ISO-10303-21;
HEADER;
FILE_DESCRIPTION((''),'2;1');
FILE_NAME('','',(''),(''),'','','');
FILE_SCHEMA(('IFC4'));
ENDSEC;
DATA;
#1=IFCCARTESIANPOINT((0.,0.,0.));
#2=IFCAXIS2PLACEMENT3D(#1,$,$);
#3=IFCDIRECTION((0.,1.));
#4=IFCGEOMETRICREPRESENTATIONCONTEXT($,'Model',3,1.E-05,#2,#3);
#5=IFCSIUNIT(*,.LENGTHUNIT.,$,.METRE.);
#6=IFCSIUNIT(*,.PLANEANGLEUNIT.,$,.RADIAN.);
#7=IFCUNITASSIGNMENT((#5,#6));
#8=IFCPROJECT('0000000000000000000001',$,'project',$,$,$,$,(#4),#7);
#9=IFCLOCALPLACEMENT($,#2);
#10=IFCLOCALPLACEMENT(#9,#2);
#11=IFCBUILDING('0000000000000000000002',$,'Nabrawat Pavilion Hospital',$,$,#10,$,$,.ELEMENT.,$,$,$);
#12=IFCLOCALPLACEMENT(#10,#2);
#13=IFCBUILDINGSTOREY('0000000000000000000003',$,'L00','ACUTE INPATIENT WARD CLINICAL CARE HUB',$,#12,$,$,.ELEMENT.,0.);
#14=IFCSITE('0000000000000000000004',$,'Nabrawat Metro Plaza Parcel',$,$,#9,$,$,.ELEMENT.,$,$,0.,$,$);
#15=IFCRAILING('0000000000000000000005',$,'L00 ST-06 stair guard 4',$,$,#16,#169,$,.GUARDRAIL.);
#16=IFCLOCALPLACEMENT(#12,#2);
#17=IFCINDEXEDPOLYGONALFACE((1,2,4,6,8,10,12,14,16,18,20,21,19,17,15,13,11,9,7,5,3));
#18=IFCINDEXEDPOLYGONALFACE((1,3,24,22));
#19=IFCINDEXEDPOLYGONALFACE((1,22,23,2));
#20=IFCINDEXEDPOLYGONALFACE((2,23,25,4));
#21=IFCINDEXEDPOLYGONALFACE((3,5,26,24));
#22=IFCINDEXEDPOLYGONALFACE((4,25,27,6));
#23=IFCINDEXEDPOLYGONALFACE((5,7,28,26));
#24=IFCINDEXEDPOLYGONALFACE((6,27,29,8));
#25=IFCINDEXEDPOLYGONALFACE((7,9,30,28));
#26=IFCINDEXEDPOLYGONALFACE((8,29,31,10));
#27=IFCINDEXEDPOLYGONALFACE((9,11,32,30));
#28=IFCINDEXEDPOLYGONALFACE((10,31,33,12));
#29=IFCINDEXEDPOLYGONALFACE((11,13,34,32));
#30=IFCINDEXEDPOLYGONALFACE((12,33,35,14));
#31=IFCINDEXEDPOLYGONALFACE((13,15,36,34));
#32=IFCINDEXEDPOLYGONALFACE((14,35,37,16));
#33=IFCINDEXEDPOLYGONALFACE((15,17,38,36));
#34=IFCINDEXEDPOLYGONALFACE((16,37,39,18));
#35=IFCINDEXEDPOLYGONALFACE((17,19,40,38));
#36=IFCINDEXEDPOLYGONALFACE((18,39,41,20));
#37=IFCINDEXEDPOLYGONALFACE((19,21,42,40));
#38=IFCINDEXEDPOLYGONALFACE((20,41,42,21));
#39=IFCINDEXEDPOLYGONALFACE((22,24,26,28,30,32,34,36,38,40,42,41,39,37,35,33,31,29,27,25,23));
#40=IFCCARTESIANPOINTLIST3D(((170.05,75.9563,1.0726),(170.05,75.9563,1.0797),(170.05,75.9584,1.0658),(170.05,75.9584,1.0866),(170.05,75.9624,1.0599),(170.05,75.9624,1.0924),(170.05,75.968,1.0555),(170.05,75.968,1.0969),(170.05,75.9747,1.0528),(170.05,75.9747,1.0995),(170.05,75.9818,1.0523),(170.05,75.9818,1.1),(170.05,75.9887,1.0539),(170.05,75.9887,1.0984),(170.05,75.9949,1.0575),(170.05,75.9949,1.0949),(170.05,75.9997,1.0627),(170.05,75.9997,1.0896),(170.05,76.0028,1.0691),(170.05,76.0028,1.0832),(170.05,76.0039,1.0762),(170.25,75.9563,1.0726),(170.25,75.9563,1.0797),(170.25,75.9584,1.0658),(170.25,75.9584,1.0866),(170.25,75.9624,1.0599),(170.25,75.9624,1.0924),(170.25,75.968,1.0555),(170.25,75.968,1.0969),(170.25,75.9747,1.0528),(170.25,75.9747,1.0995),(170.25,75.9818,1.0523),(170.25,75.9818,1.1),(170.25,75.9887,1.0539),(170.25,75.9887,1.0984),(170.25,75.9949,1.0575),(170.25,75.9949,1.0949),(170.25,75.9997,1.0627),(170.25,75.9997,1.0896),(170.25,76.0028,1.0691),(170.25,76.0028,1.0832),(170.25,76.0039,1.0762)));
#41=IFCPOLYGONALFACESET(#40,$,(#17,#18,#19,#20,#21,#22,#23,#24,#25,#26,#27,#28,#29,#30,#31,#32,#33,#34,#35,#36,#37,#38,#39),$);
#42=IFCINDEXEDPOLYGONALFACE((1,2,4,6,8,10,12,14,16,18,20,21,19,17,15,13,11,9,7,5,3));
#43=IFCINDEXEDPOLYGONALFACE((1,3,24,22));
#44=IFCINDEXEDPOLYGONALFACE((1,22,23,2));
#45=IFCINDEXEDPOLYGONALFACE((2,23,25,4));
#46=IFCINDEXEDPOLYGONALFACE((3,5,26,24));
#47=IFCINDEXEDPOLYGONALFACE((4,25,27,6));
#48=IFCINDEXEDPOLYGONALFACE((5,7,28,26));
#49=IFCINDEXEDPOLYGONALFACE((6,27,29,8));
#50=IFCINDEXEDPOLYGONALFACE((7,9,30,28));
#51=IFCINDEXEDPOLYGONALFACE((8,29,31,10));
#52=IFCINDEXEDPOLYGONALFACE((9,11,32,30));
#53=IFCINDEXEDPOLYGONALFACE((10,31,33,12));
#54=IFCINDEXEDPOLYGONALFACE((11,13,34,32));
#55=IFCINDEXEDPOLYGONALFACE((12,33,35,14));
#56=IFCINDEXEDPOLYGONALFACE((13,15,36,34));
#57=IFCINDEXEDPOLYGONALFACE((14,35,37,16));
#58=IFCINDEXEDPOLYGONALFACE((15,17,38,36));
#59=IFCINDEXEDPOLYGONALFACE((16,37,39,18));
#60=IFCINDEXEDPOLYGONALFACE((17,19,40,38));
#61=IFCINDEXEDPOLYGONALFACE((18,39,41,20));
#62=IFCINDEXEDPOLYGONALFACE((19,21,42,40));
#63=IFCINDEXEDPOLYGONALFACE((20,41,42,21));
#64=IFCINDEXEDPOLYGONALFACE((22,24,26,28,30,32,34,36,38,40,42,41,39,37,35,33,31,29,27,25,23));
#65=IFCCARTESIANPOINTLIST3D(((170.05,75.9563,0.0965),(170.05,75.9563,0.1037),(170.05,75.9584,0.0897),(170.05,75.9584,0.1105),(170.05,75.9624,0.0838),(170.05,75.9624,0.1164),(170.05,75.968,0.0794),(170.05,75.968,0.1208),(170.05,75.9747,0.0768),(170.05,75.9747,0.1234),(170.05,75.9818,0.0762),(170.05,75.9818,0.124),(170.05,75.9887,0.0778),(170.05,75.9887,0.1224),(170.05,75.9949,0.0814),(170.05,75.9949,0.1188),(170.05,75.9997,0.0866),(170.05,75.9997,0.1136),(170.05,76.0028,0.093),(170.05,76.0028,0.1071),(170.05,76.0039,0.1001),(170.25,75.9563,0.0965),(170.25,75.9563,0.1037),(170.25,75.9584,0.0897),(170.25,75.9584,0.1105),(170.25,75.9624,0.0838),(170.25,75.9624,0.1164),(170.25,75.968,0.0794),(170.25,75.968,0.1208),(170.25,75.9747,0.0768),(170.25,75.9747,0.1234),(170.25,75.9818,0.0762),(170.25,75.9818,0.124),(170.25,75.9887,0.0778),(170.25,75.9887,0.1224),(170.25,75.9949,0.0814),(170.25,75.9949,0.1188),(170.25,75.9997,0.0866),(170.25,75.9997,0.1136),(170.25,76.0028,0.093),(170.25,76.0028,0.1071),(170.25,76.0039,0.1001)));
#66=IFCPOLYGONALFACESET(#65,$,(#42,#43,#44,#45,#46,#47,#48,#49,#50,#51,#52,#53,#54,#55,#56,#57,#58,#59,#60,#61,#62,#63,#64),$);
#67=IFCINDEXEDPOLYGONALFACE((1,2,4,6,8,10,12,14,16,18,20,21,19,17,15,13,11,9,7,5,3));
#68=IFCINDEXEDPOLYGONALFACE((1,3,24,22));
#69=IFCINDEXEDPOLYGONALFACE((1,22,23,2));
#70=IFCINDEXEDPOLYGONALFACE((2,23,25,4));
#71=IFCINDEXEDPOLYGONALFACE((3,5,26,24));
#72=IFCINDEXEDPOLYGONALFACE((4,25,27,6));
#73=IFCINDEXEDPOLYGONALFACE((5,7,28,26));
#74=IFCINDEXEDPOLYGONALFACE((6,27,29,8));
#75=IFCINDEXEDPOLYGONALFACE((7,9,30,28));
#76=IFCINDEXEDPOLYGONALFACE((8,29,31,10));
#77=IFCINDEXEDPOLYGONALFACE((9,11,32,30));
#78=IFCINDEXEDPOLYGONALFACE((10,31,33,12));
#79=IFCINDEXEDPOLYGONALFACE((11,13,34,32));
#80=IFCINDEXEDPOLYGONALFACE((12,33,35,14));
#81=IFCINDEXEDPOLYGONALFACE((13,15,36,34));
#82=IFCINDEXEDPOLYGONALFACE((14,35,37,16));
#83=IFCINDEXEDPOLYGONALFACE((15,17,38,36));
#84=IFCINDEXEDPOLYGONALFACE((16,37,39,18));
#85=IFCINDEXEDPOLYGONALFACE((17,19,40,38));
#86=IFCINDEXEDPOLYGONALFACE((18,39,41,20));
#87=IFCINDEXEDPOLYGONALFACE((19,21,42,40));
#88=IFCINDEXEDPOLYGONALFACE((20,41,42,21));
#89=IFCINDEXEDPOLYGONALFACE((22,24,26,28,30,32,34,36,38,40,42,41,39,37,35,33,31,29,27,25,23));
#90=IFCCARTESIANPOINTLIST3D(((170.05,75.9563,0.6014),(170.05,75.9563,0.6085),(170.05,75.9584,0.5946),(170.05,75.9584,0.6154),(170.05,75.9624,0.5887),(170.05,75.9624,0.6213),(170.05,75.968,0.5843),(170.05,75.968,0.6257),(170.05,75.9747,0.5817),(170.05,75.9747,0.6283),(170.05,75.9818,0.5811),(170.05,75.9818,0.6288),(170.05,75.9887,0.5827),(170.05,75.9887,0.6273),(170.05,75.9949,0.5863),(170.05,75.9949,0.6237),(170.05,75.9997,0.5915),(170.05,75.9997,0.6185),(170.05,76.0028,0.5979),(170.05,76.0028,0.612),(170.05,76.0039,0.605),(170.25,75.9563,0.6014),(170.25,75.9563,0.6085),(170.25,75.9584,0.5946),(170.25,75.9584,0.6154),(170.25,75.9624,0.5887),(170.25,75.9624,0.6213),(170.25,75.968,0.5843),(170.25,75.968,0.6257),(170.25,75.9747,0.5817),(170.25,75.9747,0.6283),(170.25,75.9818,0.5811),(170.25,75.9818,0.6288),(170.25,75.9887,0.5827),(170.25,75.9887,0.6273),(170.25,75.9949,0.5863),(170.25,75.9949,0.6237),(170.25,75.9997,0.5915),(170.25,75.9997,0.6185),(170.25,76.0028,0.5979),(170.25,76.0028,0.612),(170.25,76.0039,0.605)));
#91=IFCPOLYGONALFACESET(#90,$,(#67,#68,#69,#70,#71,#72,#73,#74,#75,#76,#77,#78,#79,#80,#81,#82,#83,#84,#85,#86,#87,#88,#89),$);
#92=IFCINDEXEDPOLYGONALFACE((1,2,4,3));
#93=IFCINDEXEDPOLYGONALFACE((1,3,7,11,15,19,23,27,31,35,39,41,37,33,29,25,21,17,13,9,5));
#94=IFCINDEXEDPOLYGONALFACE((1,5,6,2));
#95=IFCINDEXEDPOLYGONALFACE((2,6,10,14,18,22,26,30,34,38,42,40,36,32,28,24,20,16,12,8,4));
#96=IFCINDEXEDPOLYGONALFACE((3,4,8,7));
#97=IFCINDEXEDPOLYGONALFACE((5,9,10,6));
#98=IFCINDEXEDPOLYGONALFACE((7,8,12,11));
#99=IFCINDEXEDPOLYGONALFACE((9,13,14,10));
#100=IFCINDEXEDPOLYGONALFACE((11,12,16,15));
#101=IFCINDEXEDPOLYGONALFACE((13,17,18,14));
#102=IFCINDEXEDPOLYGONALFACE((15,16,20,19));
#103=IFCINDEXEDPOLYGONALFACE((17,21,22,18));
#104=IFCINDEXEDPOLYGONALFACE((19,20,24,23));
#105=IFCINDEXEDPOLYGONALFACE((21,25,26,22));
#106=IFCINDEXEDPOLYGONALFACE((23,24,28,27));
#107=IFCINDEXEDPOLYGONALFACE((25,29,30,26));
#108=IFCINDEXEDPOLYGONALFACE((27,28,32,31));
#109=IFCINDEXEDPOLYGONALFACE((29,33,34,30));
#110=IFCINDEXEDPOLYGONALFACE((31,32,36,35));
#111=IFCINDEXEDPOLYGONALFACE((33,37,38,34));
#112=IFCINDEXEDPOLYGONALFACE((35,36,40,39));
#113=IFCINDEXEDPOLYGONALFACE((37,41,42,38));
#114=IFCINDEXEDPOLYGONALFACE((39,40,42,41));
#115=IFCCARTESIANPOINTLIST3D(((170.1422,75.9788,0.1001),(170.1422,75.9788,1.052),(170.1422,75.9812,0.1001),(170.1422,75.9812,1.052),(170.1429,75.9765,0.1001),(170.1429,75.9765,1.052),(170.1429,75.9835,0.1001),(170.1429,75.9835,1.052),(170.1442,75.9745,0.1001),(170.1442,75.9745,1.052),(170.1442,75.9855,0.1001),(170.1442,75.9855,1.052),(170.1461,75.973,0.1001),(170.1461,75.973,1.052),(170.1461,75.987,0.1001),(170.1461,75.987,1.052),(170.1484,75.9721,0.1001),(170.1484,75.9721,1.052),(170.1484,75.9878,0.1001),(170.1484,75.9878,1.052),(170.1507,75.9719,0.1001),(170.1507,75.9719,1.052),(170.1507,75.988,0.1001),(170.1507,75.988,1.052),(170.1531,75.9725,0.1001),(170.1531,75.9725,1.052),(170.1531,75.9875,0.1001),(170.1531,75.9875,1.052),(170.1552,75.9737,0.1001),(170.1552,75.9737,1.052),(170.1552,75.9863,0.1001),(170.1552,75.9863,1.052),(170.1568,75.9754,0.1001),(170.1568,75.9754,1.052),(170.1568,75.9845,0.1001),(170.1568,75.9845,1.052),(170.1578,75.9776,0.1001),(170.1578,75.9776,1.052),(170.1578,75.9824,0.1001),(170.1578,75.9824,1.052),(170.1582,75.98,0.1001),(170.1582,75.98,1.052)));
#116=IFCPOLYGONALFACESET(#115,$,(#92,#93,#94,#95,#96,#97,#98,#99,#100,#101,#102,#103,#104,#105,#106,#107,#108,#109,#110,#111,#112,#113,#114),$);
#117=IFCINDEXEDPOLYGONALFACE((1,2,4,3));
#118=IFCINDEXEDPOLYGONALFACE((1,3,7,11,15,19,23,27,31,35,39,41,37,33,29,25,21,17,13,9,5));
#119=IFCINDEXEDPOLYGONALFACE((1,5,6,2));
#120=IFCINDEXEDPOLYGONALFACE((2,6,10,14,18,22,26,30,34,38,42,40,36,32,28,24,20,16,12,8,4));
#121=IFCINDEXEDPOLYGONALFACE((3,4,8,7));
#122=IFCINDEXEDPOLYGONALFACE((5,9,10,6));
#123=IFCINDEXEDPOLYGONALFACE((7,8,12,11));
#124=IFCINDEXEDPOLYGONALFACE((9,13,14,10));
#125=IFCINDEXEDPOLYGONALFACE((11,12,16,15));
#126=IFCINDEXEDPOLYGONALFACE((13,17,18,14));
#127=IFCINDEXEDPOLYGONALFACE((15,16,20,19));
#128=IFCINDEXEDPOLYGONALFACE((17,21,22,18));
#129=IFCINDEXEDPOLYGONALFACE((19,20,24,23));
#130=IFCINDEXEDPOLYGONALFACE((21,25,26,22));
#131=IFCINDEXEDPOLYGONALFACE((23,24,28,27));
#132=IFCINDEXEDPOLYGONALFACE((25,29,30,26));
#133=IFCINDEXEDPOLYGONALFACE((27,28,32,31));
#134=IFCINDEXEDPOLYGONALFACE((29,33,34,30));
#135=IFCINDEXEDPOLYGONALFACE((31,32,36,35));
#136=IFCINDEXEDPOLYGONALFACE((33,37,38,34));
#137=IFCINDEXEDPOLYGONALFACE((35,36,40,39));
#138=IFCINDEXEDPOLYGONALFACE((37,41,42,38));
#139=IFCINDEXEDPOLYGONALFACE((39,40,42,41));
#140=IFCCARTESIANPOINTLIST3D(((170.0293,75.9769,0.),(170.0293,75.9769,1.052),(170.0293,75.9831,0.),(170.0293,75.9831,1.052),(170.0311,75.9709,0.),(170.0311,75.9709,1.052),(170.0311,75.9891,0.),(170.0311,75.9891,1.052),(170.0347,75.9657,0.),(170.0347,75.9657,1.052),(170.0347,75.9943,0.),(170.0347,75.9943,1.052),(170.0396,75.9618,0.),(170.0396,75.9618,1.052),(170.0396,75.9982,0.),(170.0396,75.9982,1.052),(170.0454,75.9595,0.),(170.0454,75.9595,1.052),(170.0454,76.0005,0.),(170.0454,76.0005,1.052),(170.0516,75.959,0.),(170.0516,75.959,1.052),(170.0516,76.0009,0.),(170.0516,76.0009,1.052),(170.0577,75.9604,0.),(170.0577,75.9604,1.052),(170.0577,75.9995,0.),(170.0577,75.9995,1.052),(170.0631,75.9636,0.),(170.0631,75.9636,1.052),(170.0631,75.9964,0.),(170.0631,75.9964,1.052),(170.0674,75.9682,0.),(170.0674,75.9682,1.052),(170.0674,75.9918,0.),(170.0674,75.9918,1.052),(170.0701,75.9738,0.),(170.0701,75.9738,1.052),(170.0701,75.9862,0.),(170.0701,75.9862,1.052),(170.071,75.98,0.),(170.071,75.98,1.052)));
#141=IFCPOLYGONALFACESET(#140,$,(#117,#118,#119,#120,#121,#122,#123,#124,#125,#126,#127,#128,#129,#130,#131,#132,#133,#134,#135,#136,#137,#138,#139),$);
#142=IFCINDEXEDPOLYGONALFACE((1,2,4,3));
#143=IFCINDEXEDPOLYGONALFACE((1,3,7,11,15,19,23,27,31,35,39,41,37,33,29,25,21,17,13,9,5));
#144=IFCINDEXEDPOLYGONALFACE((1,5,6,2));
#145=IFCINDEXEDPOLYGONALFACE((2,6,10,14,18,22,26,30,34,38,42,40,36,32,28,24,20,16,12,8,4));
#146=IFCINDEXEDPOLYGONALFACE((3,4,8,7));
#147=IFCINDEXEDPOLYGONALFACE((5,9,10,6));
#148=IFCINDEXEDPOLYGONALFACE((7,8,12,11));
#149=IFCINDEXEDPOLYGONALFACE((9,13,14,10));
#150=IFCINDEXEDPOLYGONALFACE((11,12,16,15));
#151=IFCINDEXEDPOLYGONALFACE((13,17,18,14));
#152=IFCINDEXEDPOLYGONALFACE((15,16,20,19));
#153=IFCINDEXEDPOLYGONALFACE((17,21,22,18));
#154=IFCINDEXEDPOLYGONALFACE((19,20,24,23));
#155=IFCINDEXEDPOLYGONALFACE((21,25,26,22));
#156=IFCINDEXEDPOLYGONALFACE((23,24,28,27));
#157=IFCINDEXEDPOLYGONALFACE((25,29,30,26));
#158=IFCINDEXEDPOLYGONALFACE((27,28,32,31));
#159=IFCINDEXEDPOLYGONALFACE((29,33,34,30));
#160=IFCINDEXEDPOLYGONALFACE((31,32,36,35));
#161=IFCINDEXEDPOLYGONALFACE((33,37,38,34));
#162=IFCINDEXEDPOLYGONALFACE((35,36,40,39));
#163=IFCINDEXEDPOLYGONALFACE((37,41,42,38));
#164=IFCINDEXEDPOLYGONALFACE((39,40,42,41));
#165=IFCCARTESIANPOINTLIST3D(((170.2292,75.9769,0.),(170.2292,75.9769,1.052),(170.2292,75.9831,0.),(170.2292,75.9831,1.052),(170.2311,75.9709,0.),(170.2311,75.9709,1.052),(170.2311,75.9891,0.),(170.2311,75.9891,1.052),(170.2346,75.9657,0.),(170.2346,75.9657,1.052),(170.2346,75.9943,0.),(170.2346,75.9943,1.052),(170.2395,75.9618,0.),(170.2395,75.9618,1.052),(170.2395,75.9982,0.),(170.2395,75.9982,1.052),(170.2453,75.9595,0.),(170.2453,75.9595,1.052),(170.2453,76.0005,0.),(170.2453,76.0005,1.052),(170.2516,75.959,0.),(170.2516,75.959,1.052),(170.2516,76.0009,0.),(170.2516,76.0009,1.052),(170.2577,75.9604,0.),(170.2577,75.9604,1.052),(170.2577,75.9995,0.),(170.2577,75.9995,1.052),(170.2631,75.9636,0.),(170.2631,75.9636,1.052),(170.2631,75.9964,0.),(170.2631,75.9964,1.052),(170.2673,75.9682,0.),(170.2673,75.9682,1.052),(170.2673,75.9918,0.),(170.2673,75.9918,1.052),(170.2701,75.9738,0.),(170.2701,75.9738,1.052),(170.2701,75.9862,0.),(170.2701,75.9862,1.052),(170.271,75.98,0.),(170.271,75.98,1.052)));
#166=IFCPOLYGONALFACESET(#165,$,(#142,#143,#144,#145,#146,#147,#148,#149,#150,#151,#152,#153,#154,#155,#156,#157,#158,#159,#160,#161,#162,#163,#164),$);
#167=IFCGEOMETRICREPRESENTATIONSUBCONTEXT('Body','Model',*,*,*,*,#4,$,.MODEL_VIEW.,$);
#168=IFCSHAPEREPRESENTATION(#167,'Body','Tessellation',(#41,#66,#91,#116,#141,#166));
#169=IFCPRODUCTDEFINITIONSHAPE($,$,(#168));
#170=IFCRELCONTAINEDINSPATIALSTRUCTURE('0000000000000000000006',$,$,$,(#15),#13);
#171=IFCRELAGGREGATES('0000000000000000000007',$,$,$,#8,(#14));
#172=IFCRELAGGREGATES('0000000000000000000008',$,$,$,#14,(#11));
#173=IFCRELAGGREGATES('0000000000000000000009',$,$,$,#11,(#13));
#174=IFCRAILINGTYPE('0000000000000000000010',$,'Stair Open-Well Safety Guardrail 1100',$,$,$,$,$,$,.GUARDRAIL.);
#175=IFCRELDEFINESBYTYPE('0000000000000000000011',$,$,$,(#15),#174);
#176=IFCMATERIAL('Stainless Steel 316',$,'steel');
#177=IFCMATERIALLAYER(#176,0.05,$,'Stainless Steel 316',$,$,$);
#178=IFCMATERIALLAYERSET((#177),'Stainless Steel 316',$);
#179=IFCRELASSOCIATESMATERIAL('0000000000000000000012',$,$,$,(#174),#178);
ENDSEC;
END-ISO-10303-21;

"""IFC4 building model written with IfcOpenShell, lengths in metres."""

from ifc_helpers import new_model, si_unit, direction, frame, origin, origin_2d, place, context, subcontext, project, spatial, circle, extrude, material, layer, layer_set, type_object, element, save


model = new_model("IFC4")

# Units and contexts
model_context = context("Model", 3, precision=1e-05, world=origin(), true_north=direction((0.0, 1.0)))
body_context = subcontext(model_context, "Body", "Model", "MODEL_VIEW")
ifc_project = project(units=[si_unit("LENGTHUNIT", "METRE"), si_unit("PLANEANGLEUNIT", "RADIAN")], contexts=[model_context])

# Site, building, storey
site_placement = place(None, origin())
site = spatial("IfcSite", under=ifc_project, at=site_placement, Name="Nabrawat Metro Plaza Parcel", CompositionType="ELEMENT", RefElevation=0.0)
building_placement = place(site_placement, origin())
building = spatial("IfcBuilding", under=site, at=building_placement, Name="Nabrawat Pavilion Hospital", CompositionType="ELEMENT")
storey_placement = place(building_placement, origin())
storey = spatial("IfcBuildingStorey", under=building, at=storey_placement, Name="L00", Description="ACUTE INPATIENT WARD CLINICAL CARE HUB", CompositionType="ELEMENT", Elevation=0.0)

# Railing
ifc_material_1 = material(Name="Stainless Steel 316", Category="steel")
ifc_layer_1 = layer(ifc_material_1, 0.05, Name="Stainless Steel 316")
ifc_layer_set_1 = layer_set([ifc_layer_1], Name="Stainless Steel 316")
railing_type_1 = type_object("IfcRailingType", Name="Stair Open-Well Safety Guardrail 1100", PredefinedType="GUARDRAIL", material=ifc_layer_set_1)
railing_1_placement = place(storey_placement, frame((170.05, 75.98, 0.0)))
element("IfcRailing", 1, at=railing_1_placement, inside=storey, type_object=railing_type_1, Name="L00 ST-06 stair guard 4", PredefinedType="GUARDRAIL", context=body_context, shape_type="SweptSolid", body=[
    extrude(circle(Radius=0.0239, at=origin_2d()), frame((0.0, 0.0, 1.0762), z_axis=(1.0, 0.0, 0.0), x_axis=(0.0, 1.0, 0.0)), (0.0, 0.0, 1.0), 0.2),
    extrude(circle(Radius=0.0239, at=origin_2d()), frame((0.0, 0.0, 0.1001), z_axis=(1.0, 0.0, 0.0), x_axis=(0.0, 1.0, 0.0)), (0.0, 0.0, 1.0), 0.2),
    extrude(circle(Radius=0.0239, at=origin_2d()), frame((0.0, 0.0, 0.605), z_axis=(1.0, 0.0, 0.0), x_axis=(0.0, 1.0, 0.0)), (0.0, 0.0, 1.0), 0.2),
    extrude(circle(Radius=0.0081, at=origin_2d()), frame((0.1001, 0.0, 0.1001)), (0.0, 0.0, 1.0), 0.9519),
    extrude(circle(Radius=0.021, at=origin_2d()), origin(), (0.0, 0.0, 1.0), 1.052),
    extrude(circle(Radius=0.021, at=origin_2d()), frame((0.2, 0.0, 0.0)), (0.0, 0.0, 1.0), 1.052),
])

save(model, "model.ifc")
